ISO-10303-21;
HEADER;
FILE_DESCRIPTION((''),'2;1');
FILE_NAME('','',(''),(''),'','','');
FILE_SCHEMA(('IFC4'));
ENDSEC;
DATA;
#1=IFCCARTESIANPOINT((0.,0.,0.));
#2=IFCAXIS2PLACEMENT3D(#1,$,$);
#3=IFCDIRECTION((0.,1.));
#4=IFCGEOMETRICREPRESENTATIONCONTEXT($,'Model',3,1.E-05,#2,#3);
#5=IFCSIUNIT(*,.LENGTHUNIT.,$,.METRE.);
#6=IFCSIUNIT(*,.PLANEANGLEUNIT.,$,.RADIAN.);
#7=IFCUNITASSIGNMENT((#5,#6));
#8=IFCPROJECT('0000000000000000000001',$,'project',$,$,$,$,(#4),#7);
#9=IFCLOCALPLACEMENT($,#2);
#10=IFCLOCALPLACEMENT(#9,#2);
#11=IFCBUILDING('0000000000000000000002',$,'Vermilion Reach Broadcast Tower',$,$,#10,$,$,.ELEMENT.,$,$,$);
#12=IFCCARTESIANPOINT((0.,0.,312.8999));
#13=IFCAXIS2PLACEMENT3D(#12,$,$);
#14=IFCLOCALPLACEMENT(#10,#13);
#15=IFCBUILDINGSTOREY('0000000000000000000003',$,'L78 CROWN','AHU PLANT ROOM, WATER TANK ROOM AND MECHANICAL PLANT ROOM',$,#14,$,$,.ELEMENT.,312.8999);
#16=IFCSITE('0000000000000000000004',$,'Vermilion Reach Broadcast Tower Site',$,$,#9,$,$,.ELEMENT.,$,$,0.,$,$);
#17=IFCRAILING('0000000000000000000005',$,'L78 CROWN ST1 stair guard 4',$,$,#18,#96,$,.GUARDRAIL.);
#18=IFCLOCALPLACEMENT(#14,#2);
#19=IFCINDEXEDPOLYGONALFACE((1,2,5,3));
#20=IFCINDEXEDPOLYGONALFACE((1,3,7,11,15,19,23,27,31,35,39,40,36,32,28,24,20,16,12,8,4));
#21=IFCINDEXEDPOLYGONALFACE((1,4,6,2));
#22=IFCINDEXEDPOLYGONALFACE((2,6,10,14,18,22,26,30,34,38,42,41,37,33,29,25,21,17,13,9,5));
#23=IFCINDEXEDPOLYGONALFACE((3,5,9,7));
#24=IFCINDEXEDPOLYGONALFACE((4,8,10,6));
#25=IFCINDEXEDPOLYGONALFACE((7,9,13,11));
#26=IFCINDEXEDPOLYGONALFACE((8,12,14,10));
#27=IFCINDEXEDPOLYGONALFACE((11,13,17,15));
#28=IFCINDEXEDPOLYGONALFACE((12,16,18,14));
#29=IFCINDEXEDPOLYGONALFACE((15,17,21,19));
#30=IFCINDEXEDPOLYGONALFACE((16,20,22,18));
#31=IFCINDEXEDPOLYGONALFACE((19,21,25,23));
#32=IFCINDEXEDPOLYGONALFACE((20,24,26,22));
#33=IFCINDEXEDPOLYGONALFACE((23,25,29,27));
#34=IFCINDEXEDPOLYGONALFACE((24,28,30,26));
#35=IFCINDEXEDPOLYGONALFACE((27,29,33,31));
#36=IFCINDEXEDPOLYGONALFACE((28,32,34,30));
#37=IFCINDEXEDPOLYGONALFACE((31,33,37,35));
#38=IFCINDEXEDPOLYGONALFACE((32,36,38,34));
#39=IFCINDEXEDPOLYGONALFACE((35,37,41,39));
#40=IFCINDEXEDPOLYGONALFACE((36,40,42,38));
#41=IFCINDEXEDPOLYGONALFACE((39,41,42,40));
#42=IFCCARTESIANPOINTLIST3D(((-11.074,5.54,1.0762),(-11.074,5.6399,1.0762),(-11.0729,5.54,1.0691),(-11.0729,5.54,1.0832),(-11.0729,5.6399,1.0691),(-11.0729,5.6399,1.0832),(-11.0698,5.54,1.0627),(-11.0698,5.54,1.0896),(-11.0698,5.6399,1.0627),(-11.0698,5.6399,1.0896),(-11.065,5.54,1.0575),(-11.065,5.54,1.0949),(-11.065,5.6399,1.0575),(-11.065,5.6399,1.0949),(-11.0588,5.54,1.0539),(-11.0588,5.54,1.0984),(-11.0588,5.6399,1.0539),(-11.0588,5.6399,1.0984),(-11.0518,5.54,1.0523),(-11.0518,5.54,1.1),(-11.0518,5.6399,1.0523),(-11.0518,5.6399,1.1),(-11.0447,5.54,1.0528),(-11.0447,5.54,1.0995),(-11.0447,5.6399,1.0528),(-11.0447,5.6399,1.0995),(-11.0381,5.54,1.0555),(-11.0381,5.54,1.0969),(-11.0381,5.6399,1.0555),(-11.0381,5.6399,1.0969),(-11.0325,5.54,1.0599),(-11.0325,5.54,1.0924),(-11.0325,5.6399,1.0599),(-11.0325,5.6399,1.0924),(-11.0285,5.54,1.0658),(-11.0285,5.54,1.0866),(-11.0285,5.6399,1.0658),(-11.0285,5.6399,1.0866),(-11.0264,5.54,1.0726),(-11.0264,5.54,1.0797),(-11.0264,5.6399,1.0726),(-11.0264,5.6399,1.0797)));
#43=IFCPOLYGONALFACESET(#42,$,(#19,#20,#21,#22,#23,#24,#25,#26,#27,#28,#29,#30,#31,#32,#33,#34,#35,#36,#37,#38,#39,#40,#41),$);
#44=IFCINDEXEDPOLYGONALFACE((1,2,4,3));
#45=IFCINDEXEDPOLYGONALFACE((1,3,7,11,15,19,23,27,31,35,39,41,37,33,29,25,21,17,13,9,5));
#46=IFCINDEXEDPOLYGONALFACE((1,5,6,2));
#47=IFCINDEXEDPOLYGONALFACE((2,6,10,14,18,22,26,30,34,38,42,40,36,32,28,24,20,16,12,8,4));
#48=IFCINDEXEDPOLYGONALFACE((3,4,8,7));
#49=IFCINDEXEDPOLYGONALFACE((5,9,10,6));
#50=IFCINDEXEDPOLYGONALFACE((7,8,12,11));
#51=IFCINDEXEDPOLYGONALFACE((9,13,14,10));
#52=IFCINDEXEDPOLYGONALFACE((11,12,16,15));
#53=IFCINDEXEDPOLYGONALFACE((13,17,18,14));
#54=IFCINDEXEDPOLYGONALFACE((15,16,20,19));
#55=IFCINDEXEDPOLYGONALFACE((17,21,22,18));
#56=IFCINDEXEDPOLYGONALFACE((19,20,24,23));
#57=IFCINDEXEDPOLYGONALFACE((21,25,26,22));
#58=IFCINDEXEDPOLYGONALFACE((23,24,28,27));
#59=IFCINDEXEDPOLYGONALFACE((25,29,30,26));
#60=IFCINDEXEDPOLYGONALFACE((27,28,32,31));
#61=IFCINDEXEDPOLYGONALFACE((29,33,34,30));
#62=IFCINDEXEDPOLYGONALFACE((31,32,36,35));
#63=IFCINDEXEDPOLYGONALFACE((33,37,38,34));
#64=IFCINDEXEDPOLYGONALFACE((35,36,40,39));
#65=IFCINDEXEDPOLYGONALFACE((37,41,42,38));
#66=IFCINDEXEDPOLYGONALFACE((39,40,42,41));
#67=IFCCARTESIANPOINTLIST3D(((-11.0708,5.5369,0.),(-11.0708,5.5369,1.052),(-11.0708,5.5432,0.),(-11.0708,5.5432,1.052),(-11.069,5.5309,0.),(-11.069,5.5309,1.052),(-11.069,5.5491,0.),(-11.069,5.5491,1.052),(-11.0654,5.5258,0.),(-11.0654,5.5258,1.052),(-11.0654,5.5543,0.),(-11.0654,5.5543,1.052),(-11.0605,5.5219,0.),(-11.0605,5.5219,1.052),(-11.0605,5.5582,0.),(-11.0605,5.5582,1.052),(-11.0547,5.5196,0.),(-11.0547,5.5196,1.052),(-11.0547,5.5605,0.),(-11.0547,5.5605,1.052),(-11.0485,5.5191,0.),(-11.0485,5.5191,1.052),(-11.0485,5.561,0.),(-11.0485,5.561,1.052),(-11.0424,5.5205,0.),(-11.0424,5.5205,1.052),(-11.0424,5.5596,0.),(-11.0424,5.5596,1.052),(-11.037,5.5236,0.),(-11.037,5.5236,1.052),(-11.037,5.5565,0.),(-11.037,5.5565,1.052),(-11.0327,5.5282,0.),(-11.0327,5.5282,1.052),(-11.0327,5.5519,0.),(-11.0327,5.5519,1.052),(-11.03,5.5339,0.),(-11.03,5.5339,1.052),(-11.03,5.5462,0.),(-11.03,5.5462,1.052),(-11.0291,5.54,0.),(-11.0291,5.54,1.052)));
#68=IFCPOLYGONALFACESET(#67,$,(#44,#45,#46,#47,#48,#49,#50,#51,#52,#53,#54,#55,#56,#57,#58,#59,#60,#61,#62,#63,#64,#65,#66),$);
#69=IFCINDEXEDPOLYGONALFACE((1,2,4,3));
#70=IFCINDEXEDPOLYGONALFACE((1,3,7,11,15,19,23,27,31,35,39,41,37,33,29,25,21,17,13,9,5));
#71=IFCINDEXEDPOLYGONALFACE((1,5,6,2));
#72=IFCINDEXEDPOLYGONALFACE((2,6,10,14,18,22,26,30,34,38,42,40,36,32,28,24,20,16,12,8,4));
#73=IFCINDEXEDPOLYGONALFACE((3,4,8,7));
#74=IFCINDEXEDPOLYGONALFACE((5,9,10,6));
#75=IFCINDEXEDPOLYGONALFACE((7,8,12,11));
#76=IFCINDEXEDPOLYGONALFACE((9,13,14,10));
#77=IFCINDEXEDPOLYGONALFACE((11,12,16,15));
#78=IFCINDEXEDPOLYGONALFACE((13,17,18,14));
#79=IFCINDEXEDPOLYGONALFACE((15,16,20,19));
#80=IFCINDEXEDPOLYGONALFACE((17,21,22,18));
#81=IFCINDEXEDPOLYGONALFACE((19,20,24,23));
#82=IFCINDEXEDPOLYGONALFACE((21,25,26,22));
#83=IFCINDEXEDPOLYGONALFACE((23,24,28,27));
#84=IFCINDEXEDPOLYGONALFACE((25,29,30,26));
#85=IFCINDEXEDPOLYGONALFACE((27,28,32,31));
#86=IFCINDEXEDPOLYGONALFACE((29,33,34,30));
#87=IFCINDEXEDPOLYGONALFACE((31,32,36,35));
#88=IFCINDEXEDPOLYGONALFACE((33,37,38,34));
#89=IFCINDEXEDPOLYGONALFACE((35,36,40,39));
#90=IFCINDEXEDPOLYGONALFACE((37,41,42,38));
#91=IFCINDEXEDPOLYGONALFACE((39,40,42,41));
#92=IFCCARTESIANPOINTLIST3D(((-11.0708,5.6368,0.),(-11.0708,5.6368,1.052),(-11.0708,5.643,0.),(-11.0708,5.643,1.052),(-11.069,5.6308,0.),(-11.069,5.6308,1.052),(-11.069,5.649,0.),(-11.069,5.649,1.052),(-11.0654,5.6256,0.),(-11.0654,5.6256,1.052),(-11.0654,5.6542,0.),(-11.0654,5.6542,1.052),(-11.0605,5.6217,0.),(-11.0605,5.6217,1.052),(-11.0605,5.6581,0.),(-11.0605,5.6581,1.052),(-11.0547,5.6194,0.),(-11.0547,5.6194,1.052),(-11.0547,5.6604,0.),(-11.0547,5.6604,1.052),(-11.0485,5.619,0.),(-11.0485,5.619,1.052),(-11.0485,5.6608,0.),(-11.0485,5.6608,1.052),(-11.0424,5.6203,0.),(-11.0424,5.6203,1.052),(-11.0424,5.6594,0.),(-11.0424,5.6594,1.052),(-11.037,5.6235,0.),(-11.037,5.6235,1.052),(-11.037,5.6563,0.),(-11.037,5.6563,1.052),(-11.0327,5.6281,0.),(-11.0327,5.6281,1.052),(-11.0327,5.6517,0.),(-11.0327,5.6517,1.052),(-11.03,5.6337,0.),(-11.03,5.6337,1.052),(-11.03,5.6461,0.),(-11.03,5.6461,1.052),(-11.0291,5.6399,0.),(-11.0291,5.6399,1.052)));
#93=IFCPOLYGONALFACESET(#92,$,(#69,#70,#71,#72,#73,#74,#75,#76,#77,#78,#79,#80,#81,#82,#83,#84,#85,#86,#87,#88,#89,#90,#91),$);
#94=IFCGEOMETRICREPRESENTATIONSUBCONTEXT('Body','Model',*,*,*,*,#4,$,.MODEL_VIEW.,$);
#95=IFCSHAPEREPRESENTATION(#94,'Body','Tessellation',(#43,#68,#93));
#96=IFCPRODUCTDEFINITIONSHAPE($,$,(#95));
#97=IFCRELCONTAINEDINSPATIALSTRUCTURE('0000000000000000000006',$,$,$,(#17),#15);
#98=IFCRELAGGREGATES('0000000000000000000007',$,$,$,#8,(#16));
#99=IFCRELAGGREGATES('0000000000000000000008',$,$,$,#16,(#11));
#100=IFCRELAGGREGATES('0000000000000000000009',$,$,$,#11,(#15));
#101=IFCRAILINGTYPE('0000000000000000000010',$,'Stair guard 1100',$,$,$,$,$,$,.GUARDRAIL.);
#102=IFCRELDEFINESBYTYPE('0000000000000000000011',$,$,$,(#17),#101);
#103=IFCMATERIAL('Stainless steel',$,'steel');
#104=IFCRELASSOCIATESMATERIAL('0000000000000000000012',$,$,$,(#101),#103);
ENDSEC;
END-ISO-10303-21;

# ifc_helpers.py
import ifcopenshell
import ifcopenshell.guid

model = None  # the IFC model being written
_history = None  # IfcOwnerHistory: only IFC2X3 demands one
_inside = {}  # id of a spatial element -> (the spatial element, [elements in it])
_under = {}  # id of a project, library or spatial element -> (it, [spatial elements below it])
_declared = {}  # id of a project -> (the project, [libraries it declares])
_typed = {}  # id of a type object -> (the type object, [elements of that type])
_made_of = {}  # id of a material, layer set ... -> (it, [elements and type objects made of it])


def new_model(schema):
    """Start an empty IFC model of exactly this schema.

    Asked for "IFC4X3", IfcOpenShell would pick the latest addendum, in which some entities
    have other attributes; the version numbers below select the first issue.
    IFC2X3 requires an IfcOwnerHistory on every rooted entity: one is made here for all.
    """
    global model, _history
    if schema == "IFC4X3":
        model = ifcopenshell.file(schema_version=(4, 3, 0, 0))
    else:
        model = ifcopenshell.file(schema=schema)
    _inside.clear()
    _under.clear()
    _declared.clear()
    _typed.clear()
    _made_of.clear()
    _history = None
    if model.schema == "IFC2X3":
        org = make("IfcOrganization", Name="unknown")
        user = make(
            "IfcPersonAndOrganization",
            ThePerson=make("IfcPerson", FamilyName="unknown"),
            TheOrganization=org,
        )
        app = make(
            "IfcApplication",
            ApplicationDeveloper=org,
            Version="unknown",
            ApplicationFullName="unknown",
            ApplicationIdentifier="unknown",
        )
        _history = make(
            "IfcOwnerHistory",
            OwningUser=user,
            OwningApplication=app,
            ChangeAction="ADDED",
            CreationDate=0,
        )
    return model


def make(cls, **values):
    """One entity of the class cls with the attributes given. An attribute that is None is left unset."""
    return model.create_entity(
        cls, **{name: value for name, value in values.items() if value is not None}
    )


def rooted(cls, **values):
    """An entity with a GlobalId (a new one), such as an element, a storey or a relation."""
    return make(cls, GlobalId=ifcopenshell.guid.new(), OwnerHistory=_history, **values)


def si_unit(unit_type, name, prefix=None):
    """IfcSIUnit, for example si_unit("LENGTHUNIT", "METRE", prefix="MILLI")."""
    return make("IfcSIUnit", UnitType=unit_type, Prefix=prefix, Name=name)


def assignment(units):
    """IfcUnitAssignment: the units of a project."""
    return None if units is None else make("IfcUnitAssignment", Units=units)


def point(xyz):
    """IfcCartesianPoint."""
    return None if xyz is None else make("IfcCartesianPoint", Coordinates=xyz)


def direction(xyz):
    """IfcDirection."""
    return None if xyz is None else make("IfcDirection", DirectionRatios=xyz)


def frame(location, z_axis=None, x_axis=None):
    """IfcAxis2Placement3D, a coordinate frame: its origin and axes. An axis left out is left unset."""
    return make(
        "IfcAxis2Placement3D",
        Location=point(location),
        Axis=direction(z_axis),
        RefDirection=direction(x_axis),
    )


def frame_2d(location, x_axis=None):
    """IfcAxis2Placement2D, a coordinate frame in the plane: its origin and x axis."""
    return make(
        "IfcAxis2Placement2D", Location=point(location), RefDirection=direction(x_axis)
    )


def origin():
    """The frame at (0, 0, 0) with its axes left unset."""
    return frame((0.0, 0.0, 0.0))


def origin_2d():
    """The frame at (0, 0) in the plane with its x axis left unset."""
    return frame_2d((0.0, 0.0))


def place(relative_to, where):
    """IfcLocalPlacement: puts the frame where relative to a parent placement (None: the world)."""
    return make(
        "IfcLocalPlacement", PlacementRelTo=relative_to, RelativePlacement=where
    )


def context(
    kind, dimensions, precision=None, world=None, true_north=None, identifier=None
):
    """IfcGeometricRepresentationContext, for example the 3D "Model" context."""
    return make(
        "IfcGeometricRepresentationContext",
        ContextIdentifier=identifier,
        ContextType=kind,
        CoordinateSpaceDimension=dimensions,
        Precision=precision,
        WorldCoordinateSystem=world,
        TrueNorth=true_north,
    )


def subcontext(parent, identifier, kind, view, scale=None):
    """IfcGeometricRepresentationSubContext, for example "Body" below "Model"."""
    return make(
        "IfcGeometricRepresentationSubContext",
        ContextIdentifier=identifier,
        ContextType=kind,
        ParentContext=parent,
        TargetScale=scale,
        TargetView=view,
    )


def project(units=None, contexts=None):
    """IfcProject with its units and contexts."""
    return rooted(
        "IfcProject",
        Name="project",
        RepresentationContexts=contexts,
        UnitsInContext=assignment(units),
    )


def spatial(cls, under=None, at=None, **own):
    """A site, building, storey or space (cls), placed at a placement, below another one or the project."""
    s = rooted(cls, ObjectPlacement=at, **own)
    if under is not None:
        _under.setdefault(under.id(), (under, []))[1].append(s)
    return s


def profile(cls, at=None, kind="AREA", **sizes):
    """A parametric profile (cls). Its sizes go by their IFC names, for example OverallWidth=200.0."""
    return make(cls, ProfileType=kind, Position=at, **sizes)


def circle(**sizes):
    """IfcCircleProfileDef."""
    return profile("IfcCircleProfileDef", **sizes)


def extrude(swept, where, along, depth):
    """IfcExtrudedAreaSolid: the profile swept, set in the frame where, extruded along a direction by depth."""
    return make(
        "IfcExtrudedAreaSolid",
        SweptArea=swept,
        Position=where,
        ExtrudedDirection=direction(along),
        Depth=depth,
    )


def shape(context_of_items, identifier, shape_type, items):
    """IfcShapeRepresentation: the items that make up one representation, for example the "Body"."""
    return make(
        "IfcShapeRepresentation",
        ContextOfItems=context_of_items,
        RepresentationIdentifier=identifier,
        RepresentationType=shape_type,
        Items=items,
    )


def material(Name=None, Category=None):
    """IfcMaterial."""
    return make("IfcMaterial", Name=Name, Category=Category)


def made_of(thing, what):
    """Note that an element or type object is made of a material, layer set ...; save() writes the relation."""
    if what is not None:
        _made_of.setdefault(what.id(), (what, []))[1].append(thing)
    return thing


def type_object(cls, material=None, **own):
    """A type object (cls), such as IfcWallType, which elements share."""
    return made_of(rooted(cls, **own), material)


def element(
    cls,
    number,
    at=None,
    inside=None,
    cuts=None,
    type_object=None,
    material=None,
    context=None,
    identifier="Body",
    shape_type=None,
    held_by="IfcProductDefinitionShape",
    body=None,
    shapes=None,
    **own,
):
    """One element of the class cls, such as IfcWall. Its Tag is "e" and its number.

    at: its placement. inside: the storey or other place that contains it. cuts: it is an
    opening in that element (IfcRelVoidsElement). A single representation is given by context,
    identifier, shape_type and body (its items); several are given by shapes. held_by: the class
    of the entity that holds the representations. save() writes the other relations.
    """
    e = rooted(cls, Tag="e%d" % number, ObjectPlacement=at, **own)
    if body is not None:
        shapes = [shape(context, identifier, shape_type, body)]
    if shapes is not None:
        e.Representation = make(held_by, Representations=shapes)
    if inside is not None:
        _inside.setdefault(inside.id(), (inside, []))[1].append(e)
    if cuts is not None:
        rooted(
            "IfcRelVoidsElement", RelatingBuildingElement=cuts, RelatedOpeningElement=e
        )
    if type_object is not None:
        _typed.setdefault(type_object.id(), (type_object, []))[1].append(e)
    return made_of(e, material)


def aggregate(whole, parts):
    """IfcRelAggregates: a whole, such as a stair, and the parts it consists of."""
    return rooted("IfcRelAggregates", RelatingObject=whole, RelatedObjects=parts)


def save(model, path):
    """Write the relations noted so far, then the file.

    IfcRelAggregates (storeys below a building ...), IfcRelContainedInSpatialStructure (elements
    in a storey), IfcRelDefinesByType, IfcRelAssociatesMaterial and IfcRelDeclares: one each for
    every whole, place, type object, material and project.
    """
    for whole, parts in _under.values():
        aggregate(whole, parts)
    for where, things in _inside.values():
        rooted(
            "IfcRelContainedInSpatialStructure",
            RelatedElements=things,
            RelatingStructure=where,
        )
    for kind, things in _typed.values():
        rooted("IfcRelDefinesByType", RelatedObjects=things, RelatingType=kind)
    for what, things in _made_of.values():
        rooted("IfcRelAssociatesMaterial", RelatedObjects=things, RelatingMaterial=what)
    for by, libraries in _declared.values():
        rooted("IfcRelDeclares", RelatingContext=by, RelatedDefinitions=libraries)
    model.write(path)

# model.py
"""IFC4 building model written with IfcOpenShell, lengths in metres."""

from ifc_helpers import new_model, si_unit, direction, frame, origin, origin_2d, place, context, subcontext, project, spatial, circle, extrude, material, type_object, element, save


model = new_model("IFC4")

# Units and contexts
model_context = context("Model", 3, precision=1e-05, world=origin(), true_north=direction((0.0, 1.0)))
body_context = subcontext(model_context, "Body", "Model", "MODEL_VIEW")
ifc_project = project(units=[si_unit("LENGTHUNIT", "METRE"), si_unit("PLANEANGLEUNIT", "RADIAN")], contexts=[model_context])

# Site, building, storey
site_placement = place(None, origin())
site = spatial("IfcSite", under=ifc_project, at=site_placement, Name="Vermilion Reach Broadcast Tower Site", CompositionType="ELEMENT", RefElevation=0.0)
building_placement = place(site_placement, origin())
building = spatial("IfcBuilding", under=site, at=building_placement, Name="Vermilion Reach Broadcast Tower", CompositionType="ELEMENT")
storey_placement = place(building_placement, frame((0.0, 0.0, 312.8999)))
storey = spatial("IfcBuildingStorey", under=building, at=storey_placement, Name="L78 CROWN", Description="AHU PLANT ROOM, WATER TANK ROOM AND MECHANICAL PLANT ROOM", CompositionType="ELEMENT", Elevation=312.8999)

# Railing
ifc_material_1 = material(Name="Stainless steel", Category="steel")
railing_type_1 = type_object("IfcRailingType", Name="Stair guard 1100", PredefinedType="GUARDRAIL", material=ifc_material_1)
railing_1_placement = place(storey_placement, frame((-11.05, 5.54, 0.0)))
element("IfcRailing", 1, at=railing_1_placement, inside=storey, type_object=railing_type_1, Name="L78 CROWN ST1 stair guard 4", PredefinedType="GUARDRAIL", context=body_context, shape_type="SweptSolid", body=[
    extrude(circle(Radius=0.0239, at=origin_2d()), frame((0.0, 0.0, 1.0762), z_axis=(0.0, 1.0, 0.0), x_axis=(-1.0, 0.0, 0.0)), (0.0, 0.0, 1.0), 0.0999),
    extrude(circle(Radius=0.021, at=origin_2d()), origin(), (0.0, 0.0, 1.0), 1.052),
    extrude(circle(Radius=0.021, at=origin_2d()), frame((0.0, 0.0999, 0.0)), (0.0, 0.0, 1.0), 1.052),
])

save(model, "model.ifc")
